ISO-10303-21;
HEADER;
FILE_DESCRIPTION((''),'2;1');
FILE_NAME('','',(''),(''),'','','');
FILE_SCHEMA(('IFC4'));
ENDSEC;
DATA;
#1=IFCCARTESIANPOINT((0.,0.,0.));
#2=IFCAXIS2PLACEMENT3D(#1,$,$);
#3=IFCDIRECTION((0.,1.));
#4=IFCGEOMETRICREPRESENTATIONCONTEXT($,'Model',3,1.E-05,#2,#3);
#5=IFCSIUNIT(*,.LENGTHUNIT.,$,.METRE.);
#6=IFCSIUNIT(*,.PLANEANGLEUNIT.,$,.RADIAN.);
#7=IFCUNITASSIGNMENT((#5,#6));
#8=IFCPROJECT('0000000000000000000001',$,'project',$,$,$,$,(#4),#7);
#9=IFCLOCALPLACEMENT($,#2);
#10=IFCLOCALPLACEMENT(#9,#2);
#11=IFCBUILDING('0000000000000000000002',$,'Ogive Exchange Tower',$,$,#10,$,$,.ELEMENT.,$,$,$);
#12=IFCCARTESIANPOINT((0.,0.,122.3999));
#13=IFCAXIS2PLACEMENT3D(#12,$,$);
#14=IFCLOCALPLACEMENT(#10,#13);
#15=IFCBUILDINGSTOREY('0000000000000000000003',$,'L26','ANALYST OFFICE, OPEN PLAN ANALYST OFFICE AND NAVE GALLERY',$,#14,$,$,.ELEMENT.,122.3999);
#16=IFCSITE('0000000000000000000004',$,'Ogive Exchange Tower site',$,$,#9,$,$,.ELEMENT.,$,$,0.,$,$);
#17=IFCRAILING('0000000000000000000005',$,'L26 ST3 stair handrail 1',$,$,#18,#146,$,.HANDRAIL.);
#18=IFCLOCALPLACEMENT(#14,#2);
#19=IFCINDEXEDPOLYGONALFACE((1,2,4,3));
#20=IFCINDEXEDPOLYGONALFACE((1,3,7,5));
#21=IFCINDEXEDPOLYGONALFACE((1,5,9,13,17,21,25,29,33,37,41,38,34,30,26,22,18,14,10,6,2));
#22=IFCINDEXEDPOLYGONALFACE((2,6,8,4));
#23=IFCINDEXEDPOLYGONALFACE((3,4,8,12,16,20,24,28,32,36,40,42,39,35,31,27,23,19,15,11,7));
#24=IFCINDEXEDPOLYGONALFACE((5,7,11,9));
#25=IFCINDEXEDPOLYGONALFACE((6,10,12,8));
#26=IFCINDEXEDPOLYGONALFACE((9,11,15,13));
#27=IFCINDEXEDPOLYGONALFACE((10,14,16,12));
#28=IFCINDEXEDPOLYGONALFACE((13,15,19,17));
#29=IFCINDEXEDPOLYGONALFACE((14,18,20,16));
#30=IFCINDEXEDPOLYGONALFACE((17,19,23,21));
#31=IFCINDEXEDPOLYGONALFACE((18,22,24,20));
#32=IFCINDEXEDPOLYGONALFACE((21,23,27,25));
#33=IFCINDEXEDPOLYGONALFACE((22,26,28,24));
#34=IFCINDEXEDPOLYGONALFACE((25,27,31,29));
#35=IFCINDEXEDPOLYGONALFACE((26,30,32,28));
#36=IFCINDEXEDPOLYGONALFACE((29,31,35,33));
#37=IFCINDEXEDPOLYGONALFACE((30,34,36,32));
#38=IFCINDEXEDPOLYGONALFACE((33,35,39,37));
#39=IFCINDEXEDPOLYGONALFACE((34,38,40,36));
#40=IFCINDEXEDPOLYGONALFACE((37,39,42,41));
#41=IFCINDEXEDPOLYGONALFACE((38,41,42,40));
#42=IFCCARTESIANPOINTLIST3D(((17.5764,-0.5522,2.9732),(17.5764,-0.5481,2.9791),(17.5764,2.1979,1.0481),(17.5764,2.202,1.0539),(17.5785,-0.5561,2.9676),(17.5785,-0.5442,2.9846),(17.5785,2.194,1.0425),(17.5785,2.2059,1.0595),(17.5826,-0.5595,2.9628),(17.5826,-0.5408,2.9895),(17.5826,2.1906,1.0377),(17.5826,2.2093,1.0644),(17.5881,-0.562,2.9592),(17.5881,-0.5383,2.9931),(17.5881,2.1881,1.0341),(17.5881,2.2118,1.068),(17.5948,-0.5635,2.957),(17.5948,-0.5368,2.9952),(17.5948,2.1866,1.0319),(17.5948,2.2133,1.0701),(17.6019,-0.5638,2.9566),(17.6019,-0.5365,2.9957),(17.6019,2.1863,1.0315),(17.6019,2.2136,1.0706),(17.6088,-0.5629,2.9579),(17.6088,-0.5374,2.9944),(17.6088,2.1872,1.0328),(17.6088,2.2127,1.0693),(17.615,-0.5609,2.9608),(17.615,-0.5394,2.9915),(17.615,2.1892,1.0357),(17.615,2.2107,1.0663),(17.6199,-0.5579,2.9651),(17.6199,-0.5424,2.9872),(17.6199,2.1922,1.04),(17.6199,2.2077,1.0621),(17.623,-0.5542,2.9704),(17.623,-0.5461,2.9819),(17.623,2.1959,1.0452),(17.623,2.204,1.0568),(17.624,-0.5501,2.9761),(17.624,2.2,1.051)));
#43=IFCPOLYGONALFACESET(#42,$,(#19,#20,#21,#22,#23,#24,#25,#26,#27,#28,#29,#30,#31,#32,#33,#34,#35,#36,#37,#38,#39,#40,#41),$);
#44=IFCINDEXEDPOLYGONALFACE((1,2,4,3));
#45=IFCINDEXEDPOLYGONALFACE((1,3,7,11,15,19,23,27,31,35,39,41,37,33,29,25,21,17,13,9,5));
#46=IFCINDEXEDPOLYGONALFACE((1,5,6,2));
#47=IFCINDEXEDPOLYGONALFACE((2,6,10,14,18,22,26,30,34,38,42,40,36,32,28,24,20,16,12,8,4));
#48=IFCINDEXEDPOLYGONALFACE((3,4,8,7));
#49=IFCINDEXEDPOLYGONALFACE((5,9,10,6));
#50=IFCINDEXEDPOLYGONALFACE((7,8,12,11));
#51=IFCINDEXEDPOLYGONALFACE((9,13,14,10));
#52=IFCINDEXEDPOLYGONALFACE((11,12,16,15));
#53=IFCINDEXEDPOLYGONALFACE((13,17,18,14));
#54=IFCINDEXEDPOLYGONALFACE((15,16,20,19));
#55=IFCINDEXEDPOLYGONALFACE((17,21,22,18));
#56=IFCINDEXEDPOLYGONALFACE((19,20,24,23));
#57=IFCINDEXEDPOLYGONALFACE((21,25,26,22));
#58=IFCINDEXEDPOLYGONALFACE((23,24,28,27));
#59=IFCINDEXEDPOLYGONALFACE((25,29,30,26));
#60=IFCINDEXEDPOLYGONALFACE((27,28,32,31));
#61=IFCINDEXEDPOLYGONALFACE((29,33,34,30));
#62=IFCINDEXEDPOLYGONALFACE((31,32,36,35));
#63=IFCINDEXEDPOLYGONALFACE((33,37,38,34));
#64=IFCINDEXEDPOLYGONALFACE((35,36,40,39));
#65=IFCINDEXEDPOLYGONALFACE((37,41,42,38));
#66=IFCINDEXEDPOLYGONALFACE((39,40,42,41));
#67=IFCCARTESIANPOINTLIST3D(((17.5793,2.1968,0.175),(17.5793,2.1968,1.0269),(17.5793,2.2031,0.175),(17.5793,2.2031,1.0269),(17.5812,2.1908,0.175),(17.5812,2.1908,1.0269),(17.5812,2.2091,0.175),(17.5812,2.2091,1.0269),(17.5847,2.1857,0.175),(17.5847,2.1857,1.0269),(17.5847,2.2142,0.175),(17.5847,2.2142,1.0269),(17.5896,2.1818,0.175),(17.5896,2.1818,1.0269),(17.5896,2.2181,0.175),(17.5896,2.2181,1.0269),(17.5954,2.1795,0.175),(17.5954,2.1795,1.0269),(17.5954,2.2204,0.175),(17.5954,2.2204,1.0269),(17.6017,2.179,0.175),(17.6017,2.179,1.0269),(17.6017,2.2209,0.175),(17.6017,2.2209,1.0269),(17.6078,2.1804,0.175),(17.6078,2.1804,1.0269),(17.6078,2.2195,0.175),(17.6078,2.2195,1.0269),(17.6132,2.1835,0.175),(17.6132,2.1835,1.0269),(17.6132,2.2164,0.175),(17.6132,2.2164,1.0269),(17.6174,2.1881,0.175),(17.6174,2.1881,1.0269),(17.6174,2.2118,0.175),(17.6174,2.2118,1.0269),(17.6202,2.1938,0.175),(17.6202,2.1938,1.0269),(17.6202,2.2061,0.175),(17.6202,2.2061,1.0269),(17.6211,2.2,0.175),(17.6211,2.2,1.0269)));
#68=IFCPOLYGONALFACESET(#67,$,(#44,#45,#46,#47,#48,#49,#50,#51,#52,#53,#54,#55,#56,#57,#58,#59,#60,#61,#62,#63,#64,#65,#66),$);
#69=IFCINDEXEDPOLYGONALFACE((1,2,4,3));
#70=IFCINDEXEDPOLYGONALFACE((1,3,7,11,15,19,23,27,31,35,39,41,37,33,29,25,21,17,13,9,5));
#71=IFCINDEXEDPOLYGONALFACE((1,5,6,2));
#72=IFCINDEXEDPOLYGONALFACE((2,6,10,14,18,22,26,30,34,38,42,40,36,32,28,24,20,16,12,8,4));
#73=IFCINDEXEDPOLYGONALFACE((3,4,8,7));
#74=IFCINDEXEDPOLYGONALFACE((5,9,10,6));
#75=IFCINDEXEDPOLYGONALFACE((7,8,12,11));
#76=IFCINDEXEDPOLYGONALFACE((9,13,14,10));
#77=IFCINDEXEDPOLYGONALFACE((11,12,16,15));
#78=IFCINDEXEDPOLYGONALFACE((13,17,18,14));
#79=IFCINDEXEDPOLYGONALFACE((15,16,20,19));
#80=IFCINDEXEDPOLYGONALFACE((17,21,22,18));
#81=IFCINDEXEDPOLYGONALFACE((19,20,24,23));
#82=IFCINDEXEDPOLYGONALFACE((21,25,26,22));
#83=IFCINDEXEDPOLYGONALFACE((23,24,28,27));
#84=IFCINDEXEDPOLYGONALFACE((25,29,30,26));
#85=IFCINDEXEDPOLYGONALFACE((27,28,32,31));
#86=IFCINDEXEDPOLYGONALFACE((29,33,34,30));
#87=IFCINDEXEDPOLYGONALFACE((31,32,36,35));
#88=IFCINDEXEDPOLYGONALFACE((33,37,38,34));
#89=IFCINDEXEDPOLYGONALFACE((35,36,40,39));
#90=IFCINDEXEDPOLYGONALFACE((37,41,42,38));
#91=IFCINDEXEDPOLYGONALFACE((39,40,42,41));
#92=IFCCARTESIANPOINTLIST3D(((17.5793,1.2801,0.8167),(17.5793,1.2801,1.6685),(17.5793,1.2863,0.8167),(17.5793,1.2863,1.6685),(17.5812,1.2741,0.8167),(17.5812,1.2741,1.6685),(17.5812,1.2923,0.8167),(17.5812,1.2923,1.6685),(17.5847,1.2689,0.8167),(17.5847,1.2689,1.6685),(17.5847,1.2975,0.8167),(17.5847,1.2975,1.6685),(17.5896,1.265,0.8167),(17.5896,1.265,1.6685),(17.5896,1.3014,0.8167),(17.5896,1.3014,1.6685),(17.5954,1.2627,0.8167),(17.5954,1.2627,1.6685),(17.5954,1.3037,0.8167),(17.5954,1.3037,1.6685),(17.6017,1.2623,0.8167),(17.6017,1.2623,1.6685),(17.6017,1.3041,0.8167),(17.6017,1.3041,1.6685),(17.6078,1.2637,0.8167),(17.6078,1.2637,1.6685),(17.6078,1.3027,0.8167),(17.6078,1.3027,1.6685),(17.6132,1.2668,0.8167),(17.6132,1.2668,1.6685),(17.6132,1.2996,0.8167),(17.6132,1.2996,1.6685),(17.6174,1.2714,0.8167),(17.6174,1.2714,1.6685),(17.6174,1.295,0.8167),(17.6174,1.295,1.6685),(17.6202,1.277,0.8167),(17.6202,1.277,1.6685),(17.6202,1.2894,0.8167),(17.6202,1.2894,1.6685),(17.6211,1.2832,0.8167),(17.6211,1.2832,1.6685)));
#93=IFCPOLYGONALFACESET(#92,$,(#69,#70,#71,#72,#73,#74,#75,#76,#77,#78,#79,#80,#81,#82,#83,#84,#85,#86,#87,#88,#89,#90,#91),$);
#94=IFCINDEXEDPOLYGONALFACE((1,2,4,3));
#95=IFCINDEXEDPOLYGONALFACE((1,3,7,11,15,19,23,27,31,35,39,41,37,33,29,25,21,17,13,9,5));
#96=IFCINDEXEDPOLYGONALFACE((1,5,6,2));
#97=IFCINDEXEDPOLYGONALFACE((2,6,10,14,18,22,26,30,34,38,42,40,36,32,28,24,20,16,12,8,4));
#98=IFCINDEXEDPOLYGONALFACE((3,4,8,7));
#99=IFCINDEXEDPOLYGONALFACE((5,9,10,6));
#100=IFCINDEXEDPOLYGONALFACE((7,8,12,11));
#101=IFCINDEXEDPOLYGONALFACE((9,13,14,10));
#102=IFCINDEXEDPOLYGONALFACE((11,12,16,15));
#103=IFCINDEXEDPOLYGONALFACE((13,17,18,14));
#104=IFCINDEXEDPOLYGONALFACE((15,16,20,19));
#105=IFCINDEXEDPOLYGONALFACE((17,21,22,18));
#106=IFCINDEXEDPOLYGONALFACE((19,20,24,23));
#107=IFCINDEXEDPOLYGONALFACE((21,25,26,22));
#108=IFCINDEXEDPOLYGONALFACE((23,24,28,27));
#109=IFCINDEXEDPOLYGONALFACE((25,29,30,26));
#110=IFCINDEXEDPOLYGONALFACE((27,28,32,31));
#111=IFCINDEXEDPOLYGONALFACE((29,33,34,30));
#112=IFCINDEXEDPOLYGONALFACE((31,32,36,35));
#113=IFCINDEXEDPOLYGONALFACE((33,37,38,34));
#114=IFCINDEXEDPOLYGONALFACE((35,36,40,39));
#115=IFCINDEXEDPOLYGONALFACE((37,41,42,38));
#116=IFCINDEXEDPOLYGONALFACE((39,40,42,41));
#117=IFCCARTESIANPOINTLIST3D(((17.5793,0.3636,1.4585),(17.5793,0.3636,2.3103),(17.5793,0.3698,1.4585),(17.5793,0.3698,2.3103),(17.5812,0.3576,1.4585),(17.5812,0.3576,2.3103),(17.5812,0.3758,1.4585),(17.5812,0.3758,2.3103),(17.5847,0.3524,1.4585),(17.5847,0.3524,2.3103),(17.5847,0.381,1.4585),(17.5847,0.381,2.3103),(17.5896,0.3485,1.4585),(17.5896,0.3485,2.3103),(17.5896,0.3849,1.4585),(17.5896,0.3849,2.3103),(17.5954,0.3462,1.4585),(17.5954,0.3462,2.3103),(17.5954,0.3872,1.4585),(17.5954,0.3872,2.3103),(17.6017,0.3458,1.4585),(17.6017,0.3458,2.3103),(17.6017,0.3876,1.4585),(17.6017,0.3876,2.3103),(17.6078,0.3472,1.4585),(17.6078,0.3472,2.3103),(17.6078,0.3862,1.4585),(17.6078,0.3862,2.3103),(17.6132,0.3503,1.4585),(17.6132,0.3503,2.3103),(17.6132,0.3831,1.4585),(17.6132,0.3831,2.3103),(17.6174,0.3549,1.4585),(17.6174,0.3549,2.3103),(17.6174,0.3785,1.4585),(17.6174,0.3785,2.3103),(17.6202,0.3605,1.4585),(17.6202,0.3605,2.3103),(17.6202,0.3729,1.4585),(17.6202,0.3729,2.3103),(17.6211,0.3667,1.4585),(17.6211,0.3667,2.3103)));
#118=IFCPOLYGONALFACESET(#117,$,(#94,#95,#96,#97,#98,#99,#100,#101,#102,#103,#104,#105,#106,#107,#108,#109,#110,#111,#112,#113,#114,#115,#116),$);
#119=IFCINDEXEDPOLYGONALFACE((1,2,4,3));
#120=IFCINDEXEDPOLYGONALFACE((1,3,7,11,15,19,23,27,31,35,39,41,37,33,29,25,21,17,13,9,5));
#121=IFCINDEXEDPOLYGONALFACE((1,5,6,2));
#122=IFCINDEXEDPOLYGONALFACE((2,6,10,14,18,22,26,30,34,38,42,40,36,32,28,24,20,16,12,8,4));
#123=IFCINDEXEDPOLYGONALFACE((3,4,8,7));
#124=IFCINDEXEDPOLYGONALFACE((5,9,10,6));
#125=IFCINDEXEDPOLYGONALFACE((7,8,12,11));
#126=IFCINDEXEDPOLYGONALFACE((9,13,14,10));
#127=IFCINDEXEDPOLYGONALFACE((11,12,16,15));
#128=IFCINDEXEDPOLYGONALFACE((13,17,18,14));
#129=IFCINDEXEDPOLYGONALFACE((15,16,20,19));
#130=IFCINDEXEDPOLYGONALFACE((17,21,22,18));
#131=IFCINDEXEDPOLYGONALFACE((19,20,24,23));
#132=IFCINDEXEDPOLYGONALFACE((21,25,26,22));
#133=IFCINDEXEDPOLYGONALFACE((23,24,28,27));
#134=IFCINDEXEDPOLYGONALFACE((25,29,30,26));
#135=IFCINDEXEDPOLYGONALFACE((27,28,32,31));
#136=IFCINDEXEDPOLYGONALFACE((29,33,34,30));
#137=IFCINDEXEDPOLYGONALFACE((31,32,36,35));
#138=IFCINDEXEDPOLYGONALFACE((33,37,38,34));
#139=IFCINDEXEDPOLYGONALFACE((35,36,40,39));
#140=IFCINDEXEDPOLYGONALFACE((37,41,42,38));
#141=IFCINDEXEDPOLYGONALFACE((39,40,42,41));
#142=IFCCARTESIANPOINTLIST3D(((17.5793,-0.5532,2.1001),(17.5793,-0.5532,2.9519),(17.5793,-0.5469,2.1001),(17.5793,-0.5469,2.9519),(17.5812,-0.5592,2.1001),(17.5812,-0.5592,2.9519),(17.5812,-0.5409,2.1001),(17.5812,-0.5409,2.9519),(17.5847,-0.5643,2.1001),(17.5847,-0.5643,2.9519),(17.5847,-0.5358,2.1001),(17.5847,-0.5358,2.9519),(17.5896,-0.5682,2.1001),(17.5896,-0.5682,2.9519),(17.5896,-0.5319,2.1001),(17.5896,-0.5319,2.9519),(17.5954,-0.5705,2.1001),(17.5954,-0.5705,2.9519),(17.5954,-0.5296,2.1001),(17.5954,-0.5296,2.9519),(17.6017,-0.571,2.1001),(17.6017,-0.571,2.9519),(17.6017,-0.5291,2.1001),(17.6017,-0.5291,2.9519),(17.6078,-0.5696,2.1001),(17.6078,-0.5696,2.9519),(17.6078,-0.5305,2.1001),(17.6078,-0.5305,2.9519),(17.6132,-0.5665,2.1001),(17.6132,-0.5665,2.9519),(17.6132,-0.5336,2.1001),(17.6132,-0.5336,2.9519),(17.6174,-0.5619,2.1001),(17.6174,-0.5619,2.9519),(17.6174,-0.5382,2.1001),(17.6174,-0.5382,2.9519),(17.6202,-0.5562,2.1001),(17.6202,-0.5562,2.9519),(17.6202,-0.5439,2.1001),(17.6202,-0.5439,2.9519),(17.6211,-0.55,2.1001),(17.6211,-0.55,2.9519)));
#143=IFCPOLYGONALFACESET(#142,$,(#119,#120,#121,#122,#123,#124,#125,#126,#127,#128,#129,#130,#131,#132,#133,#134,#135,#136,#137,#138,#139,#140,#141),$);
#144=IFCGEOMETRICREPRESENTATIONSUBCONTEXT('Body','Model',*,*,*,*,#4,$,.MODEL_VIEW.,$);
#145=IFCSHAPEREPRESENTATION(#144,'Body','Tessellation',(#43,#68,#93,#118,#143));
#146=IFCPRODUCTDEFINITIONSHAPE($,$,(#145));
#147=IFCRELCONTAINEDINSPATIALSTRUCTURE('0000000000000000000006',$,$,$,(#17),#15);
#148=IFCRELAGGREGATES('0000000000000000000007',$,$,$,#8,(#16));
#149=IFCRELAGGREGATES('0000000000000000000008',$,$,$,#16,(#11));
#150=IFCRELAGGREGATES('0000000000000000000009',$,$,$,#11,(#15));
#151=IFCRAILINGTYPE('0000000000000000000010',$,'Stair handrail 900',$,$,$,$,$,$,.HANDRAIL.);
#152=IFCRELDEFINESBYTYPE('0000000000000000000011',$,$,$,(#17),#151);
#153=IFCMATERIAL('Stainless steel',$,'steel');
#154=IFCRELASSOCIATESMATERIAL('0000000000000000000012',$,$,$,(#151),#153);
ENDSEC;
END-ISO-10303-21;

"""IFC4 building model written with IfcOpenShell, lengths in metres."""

from ifc_helpers import new_model, si_unit, direction, frame, origin, origin_2d, place, context, subcontext, project, spatial, circle, extrude, material, type_object, element, save


model = new_model("IFC4")

# Units and contexts
model_context = context("Model", 3, precision=1e-05, world=origin(), true_north=direction((0.0, 1.0)))
body_context = subcontext(model_context, "Body", "Model", "MODEL_VIEW")
ifc_project = project(units=[si_unit("LENGTHUNIT", "METRE"), si_unit("PLANEANGLEUNIT", "RADIAN")], contexts=[model_context])

# Site, building, storey
site_placement = place(None, origin())
site = spatial("IfcSite", under=ifc_project, at=site_placement, Name="Ogive Exchange Tower site", CompositionType="ELEMENT", RefElevation=0.0)
building_placement = place(site_placement, origin())
building = spatial("IfcBuilding", under=site, at=building_placement, Name="Ogive Exchange Tower", CompositionType="ELEMENT")
storey_placement = place(building_placement, frame((0.0, 0.0, 122.3999)))
storey = spatial("IfcBuildingStorey", under=building, at=storey_placement, Name="L26", Description="ANALYST OFFICE, OPEN PLAN ANALYST OFFICE AND NAVE GALLERY", CompositionType="ELEMENT", Elevation=122.3999)

# Shared definitions
ifc_material_1 = material(Name="Stainless steel", Category="steel")

# Railing
railing_type = type_object("IfcRailingType", Name="Stair handrail 900", PredefinedType="HANDRAIL", material=ifc_material_1)
railing_1_placement = place(storey_placement, frame((17.6001, 2.2, 0.175)))
element("IfcRailing", 1, at=railing_1_placement, inside=storey, type_object=railing_type, Name="L26 ST3 stair handrail 1", PredefinedType="HANDRAIL", context=body_context, shape_type="SweptSolid", body=[
    extrude(circle(Radius=0.0239, at=origin_2d()), frame((0.0, 0.0, 0.876), z_axis=(0.0, -0.819225, 0.573472), x_axis=(1.0, 0.0, 0.0)), (0.0, 0.0, 1.0), 3.3569),
    extrude(circle(Radius=0.021, at=origin_2d()), origin(), (0.0, 0.0, 1.0), 0.8518),
    extrude(circle(Radius=0.021, at=origin_2d()), frame((0.0, -0.9167, 0.6416)), (0.0, 0.0, 1.0), 0.8518),
    extrude(circle(Radius=0.021, at=origin_2d()), frame((0.0, -1.8333, 1.2834)), (0.0, 0.0, 1.0), 0.8518),
    extrude(circle(Radius=0.021, at=origin_2d()), frame((0.0, -2.75, 1.925)), (0.0, 0.0, 1.0), 0.8518),
])

save(model, "model.ifc")
